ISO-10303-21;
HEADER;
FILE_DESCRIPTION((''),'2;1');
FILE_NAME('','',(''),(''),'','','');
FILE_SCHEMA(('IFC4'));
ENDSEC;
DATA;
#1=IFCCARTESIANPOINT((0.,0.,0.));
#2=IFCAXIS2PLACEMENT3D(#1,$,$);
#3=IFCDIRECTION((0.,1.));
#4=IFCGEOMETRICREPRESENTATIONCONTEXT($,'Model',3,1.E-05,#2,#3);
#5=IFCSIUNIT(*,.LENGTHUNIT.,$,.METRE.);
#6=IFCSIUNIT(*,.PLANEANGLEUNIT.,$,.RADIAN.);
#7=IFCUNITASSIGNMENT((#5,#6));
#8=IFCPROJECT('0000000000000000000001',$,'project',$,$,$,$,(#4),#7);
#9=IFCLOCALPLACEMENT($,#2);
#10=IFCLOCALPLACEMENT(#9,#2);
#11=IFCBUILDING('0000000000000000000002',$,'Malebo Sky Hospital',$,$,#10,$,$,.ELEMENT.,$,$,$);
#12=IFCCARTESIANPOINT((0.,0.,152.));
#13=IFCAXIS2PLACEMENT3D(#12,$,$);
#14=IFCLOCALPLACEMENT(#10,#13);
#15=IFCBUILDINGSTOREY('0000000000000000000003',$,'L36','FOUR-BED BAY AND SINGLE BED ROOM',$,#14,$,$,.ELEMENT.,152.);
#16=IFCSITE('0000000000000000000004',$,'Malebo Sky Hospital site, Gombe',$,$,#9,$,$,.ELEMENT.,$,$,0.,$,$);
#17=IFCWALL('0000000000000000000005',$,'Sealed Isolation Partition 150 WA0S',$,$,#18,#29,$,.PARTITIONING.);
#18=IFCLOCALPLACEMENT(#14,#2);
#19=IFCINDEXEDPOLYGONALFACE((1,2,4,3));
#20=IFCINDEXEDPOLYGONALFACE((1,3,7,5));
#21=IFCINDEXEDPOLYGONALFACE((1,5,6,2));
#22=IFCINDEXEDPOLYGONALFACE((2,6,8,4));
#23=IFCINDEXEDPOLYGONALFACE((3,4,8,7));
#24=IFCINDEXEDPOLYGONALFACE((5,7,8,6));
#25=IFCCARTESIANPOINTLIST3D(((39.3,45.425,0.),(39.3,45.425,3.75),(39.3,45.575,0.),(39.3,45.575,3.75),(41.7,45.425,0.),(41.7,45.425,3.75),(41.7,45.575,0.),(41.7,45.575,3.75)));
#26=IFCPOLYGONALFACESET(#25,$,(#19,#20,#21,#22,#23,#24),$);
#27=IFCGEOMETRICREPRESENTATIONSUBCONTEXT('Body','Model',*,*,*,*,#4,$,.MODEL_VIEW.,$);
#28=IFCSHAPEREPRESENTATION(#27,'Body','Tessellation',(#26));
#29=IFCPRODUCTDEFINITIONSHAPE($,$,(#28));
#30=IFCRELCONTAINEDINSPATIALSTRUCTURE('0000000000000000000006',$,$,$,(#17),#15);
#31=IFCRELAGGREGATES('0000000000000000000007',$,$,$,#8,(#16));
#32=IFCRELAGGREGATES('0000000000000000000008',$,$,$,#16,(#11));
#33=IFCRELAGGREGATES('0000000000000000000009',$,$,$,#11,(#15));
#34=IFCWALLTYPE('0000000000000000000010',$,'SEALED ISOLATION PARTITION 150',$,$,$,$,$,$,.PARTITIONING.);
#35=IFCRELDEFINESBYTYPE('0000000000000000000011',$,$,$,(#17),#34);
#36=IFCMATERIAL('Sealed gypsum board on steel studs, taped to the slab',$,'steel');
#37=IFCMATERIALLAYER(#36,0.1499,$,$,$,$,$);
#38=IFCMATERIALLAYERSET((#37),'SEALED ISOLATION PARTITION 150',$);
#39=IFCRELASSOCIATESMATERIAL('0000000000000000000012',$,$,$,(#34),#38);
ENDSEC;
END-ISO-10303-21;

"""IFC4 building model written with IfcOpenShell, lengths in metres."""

from ifc_helpers import new_model, si_unit, direction, frame, frame_2d, origin, place, context, subcontext, project, spatial, rectangle, extrude, material, layer, layer_set, type_object, element, save


model = new_model("IFC4")

# Units and contexts
model_context = context("Model", 3, precision=1e-05, world=origin(), true_north=direction((0.0, 1.0)))
body_context = subcontext(model_context, "Body", "Model", "MODEL_VIEW")
ifc_project = project(units=[si_unit("LENGTHUNIT", "METRE"), si_unit("PLANEANGLEUNIT", "RADIAN")], contexts=[model_context])

# Site, building, storey
site_placement = place(None, origin())
site = spatial("IfcSite", under=ifc_project, at=site_placement, Name="Malebo Sky Hospital site, Gombe", CompositionType="ELEMENT", RefElevation=0.0)
building_placement = place(site_placement, origin())
building = spatial("IfcBuilding", under=site, at=building_placement, Name="Malebo Sky Hospital", CompositionType="ELEMENT")
storey_placement = place(building_placement, frame((0.0, 0.0, 152.0)))
storey = spatial("IfcBuildingStorey", under=building, at=storey_placement, Name="L36", Description="FOUR-BED BAY AND SINGLE BED ROOM", CompositionType="ELEMENT", Elevation=152.0)

# Shared definitions
ifc_material_1 = material(Name="Sealed gypsum board on steel studs, taped to the slab", Category="steel")
ifc_layer_1 = layer(ifc_material_1, 0.1499)
ifc_layer_set_1 = layer_set([ifc_layer_1], Name="SEALED ISOLATION PARTITION 150")
wall_type_1 = type_object("IfcWallType", Name="SEALED ISOLATION PARTITION 150", PredefinedType="PARTITIONING", material=ifc_layer_set_1)

# Wall
wall_1_placement = place(storey_placement, frame((41.7, 45.5, 0.0), z_axis=(0.0, 0.0, 1.0), x_axis=(-1.0, 0.0, 0.0)))
element("IfcWall", 1, at=wall_1_placement, inside=storey, type_object=wall_type_1, Name="Sealed Isolation Partition 150 WA0S", PredefinedType="PARTITIONING", context=body_context, shape_type="SweptSolid", body=[
    extrude(rectangle(XDim=2.3999, YDim=0.1499, at=frame_2d((1.2, 0.0))), origin(), (0.0, 0.0, 1.0), 3.75),
])

save(model, "model.ifc")
